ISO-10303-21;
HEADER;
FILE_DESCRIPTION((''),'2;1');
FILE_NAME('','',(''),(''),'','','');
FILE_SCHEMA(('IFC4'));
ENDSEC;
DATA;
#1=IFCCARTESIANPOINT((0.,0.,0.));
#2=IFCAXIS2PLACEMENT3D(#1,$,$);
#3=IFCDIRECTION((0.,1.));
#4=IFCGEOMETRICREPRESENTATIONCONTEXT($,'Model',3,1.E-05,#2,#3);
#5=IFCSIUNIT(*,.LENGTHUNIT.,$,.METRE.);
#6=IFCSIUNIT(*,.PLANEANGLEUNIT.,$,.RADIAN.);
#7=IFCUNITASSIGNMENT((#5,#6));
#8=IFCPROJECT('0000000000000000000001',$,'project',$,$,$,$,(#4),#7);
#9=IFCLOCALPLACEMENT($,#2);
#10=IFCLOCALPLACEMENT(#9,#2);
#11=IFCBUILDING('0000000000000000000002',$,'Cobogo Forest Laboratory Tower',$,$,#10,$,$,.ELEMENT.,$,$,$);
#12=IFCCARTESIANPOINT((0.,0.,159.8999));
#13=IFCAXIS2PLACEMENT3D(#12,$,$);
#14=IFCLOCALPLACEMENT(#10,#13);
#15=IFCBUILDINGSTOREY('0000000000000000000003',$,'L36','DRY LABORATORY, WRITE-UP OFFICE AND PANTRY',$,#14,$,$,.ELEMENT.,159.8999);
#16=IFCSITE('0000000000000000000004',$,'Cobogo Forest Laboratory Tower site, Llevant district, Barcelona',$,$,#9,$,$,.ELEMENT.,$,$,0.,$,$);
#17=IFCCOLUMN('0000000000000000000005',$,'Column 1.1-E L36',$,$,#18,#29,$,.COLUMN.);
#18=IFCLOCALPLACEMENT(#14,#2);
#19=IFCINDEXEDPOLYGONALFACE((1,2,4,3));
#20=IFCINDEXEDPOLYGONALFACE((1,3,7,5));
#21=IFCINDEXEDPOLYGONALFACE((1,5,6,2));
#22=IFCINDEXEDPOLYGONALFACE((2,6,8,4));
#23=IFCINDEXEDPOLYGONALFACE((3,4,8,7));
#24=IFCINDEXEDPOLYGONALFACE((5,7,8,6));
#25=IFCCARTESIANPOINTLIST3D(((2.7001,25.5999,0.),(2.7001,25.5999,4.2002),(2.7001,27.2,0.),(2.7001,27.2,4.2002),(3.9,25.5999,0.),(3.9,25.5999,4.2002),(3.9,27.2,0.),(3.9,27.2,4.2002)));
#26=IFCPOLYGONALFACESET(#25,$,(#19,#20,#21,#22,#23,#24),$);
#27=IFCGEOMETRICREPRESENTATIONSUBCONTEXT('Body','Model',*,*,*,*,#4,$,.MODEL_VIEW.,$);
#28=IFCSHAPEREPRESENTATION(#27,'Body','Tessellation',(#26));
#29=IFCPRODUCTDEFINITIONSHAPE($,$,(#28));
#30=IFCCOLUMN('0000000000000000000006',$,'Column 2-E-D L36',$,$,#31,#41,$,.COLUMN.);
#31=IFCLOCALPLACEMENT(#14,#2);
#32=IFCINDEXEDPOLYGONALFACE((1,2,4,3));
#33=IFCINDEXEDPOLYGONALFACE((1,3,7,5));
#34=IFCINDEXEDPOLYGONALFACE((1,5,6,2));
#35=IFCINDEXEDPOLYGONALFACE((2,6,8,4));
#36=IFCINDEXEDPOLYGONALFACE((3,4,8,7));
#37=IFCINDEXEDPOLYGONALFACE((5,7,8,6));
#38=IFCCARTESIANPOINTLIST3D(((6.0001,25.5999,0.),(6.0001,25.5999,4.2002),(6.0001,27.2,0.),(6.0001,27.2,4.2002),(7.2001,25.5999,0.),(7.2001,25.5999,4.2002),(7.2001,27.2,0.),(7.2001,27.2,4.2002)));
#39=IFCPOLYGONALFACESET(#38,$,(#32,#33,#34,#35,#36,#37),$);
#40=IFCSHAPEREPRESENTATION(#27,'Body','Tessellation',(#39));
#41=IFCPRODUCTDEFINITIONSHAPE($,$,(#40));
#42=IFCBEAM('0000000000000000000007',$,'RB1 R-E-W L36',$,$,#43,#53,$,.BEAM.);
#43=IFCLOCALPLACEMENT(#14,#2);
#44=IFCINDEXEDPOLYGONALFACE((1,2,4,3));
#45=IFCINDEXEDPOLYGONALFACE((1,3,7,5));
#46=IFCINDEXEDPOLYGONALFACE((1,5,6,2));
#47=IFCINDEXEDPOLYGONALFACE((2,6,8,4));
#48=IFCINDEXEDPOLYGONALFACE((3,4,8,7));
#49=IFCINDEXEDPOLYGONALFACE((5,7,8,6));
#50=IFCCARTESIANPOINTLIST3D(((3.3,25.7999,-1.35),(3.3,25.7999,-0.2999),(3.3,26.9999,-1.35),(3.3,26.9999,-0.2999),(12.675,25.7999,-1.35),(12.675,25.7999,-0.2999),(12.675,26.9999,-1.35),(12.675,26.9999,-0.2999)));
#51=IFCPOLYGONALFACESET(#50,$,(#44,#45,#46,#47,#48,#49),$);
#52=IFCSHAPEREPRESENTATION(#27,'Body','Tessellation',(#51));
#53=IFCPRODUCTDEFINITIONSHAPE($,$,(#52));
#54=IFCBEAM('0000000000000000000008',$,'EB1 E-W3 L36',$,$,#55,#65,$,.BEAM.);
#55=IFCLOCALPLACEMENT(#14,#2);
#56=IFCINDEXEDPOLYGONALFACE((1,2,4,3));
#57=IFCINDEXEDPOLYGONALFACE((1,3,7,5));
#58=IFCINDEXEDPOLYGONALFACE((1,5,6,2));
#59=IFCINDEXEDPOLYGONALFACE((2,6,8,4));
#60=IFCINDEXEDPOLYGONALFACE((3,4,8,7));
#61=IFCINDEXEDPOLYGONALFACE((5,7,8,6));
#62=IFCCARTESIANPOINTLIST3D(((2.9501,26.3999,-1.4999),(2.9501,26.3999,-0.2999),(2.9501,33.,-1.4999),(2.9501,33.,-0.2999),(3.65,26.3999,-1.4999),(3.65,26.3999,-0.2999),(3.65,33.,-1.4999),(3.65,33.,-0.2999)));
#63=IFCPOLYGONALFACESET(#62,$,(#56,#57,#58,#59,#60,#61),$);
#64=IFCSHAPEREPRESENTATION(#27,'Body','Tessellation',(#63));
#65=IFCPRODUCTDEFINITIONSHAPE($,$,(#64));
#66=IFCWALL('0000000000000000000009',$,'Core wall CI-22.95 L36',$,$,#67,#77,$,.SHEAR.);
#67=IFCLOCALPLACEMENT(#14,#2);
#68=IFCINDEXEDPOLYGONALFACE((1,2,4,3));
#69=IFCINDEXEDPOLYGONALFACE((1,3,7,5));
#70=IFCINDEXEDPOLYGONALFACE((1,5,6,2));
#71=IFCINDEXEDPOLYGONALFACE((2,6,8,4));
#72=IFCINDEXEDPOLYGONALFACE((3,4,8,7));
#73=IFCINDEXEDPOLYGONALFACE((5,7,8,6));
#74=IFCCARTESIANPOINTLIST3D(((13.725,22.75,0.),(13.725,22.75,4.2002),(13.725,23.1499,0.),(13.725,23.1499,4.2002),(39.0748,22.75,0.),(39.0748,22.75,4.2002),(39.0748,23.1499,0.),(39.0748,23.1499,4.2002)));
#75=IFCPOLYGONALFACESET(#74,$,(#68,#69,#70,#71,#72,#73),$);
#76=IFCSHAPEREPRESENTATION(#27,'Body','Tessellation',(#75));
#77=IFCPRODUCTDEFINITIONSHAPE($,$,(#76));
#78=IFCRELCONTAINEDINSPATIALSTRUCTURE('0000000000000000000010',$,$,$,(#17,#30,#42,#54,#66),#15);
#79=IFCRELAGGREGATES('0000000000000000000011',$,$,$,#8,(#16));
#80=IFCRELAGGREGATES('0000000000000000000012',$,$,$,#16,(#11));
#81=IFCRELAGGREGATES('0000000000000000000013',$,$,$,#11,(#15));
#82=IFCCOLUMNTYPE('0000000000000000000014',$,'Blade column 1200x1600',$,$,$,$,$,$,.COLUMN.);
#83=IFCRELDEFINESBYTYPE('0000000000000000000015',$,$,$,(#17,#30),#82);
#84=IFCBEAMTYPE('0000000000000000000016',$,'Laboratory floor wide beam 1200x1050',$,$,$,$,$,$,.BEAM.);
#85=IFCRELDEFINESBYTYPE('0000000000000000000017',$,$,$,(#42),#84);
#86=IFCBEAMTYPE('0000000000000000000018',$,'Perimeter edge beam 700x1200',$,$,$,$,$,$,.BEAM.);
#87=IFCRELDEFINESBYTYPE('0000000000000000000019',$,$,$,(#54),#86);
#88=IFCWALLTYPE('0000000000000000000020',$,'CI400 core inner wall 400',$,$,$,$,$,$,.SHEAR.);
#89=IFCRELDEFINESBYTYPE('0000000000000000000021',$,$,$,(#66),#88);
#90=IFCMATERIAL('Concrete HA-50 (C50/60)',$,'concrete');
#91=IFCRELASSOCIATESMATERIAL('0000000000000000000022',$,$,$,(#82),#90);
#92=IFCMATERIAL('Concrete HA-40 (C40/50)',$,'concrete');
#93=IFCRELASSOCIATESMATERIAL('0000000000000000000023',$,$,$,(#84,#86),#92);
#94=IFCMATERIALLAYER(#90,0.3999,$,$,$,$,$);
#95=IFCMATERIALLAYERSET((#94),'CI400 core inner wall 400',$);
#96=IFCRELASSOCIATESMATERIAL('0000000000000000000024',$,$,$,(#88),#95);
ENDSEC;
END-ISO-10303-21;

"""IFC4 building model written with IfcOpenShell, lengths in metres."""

from ifc_helpers import new_model, si_unit, direction, frame, frame_2d, origin, origin_2d, place, context, subcontext, project, spatial, rectangle, extrude, material, layer, layer_set, material_profile, profile_set, type_object, element, save


model = new_model("IFC4")

# Units and contexts
model_context = context("Model", 3, precision=1e-05, world=origin(), true_north=direction((0.0, 1.0)))
body_context = subcontext(model_context, "Body", "Model", "MODEL_VIEW")
ifc_project = project(units=[si_unit("LENGTHUNIT", "METRE"), si_unit("PLANEANGLEUNIT", "RADIAN")], contexts=[model_context])

# Site, building, storey
site_placement = place(None, origin())
site = spatial("IfcSite", under=ifc_project, at=site_placement, Name="Cobogo Forest Laboratory Tower site, Llevant district, Barcelona", CompositionType="ELEMENT", RefElevation=0.0)
building_placement = place(site_placement, origin())
building = spatial("IfcBuilding", under=site, at=building_placement, Name="Cobogo Forest Laboratory Tower", CompositionType="ELEMENT")
storey_placement = place(building_placement, frame((0.0, 0.0, 159.8999)))
storey = spatial("IfcBuildingStorey", under=building, at=storey_placement, Name="L36", Description="DRY LABORATORY, WRITE-UP OFFICE AND PANTRY", CompositionType="ELEMENT", Elevation=159.8999)

# Columns
ifc_material_1 = material(Name="Concrete HA-50 (C50/60)", Category="concrete")
ifc_material_profile_1 = material_profile(ifc_material_1, rectangle(XDim=1.6001, YDim=1.2, at=origin_2d()), Name="RC 1200x1600")
ifc_profile_set_1 = profile_set([ifc_material_profile_1], Name="Concrete HA-50 (C50/60)")
column_type = type_object("IfcColumnType", Name="Blade column 1200x1600", PredefinedType="COLUMN", material=ifc_profile_set_1)
for number, where, z_axis, x_axis, name in (
    (1, (3.3, 26.3999, 0.0), (0.0, 0.0, 1.0), (0.0, 1.0, 0.0), "Column 1.1-E L36"),
    (2, (6.6001, 26.3999, 0.0), (0.0, 0.0, 1.0), (0.0, 1.0, 0.0), "Column 2-E-D L36"),
):
    element("IfcColumn", number, at=place(storey_placement, frame(where, z_axis=z_axis, x_axis=x_axis)), inside=storey, type_object=column_type, Name=name, PredefinedType="COLUMN", context=body_context, shape_type="SweptSolid", body=[
        extrude(rectangle(XDim=1.6001, YDim=1.2, at=origin_2d()), origin(), (0.0, 0.0, 1.0), 4.2002),
    ])

# Beams
ifc_material_2 = material(Name="Concrete HA-40 (C40/50)", Category="concrete")
ifc_material_profile_2 = material_profile(ifc_material_2, rectangle(XDim=1.2, YDim=1.05, at=origin_2d()), Name="RC 1200x1050")
ifc_profile_set_2 = profile_set([ifc_material_profile_2], Name="Concrete HA-40 (C40/50)")
beam_type_1 = type_object("IfcBeamType", Name="Laboratory floor wide beam 1200x1050", PredefinedType="BEAM", material=ifc_profile_set_2)
beam_1_placement = place(storey_placement, frame((12.675, 26.3999, -0.825), z_axis=(-1.0, 0.0, 0.0), x_axis=(0.0, -1.0, 0.0)))
element("IfcBeam", 3, at=beam_1_placement, inside=storey, type_object=beam_type_1, Name="RB1 R-E-W L36", PredefinedType="BEAM", context=body_context, shape_type="SweptSolid", body=[
    extrude(rectangle(XDim=1.2, YDim=1.05, at=origin_2d()), origin(), (0.0, 0.0, 1.0), 9.375),
])
ifc_material_profile_3 = material_profile(ifc_material_2, rectangle(XDim=0.7, YDim=1.2, at=origin_2d()), Name="RC 700x1200")
ifc_profile_set_3 = profile_set([ifc_material_profile_3], Name="Concrete HA-40 (C40/50)")
beam_type_2 = type_object("IfcBeamType", Name="Perimeter edge beam 700x1200", PredefinedType="BEAM", material=ifc_profile_set_3)
beam_2_placement = place(storey_placement, frame((3.3, 26.3999, -0.8999), z_axis=(0.0, 1.0, 0.0), x_axis=(-1.0, 0.0, 0.0)))
element("IfcBeam", 4, at=beam_2_placement, inside=storey, type_object=beam_type_2, Name="EB1 E-W3 L36", PredefinedType="BEAM", context=body_context, shape_type="SweptSolid", body=[
    extrude(rectangle(XDim=0.7, YDim=1.2, at=origin_2d()), origin(), (0.0, 0.0, 1.0), 6.6001),
])

# Wall
ifc_layer_1 = layer(ifc_material_1, 0.3999)
ifc_layer_set_1 = layer_set([ifc_layer_1], Name="CI400 core inner wall 400")
wall_type_1 = type_object("IfcWallType", Name="CI400 core inner wall 400", PredefinedType="SHEAR", material=ifc_layer_set_1)
wall_1_placement = place(storey_placement, frame((13.7251, 22.95, 0.0), z_axis=(0.0, 0.0, 1.0), x_axis=(1.0, 0.0, 0.0)))
element("IfcWall", 5, at=wall_1_placement, inside=storey, type_object=wall_type_1, Name="Core wall CI-22.95 L36", PredefinedType="SHEAR", context=body_context, shape_type="SweptSolid", body=[
    extrude(rectangle(XDim=25.3499, YDim=0.3999, at=frame_2d((12.6748, 0.0))), origin(), (0.0, 0.0, 1.0), 4.2002),
])

save(model, "model.ifc")
